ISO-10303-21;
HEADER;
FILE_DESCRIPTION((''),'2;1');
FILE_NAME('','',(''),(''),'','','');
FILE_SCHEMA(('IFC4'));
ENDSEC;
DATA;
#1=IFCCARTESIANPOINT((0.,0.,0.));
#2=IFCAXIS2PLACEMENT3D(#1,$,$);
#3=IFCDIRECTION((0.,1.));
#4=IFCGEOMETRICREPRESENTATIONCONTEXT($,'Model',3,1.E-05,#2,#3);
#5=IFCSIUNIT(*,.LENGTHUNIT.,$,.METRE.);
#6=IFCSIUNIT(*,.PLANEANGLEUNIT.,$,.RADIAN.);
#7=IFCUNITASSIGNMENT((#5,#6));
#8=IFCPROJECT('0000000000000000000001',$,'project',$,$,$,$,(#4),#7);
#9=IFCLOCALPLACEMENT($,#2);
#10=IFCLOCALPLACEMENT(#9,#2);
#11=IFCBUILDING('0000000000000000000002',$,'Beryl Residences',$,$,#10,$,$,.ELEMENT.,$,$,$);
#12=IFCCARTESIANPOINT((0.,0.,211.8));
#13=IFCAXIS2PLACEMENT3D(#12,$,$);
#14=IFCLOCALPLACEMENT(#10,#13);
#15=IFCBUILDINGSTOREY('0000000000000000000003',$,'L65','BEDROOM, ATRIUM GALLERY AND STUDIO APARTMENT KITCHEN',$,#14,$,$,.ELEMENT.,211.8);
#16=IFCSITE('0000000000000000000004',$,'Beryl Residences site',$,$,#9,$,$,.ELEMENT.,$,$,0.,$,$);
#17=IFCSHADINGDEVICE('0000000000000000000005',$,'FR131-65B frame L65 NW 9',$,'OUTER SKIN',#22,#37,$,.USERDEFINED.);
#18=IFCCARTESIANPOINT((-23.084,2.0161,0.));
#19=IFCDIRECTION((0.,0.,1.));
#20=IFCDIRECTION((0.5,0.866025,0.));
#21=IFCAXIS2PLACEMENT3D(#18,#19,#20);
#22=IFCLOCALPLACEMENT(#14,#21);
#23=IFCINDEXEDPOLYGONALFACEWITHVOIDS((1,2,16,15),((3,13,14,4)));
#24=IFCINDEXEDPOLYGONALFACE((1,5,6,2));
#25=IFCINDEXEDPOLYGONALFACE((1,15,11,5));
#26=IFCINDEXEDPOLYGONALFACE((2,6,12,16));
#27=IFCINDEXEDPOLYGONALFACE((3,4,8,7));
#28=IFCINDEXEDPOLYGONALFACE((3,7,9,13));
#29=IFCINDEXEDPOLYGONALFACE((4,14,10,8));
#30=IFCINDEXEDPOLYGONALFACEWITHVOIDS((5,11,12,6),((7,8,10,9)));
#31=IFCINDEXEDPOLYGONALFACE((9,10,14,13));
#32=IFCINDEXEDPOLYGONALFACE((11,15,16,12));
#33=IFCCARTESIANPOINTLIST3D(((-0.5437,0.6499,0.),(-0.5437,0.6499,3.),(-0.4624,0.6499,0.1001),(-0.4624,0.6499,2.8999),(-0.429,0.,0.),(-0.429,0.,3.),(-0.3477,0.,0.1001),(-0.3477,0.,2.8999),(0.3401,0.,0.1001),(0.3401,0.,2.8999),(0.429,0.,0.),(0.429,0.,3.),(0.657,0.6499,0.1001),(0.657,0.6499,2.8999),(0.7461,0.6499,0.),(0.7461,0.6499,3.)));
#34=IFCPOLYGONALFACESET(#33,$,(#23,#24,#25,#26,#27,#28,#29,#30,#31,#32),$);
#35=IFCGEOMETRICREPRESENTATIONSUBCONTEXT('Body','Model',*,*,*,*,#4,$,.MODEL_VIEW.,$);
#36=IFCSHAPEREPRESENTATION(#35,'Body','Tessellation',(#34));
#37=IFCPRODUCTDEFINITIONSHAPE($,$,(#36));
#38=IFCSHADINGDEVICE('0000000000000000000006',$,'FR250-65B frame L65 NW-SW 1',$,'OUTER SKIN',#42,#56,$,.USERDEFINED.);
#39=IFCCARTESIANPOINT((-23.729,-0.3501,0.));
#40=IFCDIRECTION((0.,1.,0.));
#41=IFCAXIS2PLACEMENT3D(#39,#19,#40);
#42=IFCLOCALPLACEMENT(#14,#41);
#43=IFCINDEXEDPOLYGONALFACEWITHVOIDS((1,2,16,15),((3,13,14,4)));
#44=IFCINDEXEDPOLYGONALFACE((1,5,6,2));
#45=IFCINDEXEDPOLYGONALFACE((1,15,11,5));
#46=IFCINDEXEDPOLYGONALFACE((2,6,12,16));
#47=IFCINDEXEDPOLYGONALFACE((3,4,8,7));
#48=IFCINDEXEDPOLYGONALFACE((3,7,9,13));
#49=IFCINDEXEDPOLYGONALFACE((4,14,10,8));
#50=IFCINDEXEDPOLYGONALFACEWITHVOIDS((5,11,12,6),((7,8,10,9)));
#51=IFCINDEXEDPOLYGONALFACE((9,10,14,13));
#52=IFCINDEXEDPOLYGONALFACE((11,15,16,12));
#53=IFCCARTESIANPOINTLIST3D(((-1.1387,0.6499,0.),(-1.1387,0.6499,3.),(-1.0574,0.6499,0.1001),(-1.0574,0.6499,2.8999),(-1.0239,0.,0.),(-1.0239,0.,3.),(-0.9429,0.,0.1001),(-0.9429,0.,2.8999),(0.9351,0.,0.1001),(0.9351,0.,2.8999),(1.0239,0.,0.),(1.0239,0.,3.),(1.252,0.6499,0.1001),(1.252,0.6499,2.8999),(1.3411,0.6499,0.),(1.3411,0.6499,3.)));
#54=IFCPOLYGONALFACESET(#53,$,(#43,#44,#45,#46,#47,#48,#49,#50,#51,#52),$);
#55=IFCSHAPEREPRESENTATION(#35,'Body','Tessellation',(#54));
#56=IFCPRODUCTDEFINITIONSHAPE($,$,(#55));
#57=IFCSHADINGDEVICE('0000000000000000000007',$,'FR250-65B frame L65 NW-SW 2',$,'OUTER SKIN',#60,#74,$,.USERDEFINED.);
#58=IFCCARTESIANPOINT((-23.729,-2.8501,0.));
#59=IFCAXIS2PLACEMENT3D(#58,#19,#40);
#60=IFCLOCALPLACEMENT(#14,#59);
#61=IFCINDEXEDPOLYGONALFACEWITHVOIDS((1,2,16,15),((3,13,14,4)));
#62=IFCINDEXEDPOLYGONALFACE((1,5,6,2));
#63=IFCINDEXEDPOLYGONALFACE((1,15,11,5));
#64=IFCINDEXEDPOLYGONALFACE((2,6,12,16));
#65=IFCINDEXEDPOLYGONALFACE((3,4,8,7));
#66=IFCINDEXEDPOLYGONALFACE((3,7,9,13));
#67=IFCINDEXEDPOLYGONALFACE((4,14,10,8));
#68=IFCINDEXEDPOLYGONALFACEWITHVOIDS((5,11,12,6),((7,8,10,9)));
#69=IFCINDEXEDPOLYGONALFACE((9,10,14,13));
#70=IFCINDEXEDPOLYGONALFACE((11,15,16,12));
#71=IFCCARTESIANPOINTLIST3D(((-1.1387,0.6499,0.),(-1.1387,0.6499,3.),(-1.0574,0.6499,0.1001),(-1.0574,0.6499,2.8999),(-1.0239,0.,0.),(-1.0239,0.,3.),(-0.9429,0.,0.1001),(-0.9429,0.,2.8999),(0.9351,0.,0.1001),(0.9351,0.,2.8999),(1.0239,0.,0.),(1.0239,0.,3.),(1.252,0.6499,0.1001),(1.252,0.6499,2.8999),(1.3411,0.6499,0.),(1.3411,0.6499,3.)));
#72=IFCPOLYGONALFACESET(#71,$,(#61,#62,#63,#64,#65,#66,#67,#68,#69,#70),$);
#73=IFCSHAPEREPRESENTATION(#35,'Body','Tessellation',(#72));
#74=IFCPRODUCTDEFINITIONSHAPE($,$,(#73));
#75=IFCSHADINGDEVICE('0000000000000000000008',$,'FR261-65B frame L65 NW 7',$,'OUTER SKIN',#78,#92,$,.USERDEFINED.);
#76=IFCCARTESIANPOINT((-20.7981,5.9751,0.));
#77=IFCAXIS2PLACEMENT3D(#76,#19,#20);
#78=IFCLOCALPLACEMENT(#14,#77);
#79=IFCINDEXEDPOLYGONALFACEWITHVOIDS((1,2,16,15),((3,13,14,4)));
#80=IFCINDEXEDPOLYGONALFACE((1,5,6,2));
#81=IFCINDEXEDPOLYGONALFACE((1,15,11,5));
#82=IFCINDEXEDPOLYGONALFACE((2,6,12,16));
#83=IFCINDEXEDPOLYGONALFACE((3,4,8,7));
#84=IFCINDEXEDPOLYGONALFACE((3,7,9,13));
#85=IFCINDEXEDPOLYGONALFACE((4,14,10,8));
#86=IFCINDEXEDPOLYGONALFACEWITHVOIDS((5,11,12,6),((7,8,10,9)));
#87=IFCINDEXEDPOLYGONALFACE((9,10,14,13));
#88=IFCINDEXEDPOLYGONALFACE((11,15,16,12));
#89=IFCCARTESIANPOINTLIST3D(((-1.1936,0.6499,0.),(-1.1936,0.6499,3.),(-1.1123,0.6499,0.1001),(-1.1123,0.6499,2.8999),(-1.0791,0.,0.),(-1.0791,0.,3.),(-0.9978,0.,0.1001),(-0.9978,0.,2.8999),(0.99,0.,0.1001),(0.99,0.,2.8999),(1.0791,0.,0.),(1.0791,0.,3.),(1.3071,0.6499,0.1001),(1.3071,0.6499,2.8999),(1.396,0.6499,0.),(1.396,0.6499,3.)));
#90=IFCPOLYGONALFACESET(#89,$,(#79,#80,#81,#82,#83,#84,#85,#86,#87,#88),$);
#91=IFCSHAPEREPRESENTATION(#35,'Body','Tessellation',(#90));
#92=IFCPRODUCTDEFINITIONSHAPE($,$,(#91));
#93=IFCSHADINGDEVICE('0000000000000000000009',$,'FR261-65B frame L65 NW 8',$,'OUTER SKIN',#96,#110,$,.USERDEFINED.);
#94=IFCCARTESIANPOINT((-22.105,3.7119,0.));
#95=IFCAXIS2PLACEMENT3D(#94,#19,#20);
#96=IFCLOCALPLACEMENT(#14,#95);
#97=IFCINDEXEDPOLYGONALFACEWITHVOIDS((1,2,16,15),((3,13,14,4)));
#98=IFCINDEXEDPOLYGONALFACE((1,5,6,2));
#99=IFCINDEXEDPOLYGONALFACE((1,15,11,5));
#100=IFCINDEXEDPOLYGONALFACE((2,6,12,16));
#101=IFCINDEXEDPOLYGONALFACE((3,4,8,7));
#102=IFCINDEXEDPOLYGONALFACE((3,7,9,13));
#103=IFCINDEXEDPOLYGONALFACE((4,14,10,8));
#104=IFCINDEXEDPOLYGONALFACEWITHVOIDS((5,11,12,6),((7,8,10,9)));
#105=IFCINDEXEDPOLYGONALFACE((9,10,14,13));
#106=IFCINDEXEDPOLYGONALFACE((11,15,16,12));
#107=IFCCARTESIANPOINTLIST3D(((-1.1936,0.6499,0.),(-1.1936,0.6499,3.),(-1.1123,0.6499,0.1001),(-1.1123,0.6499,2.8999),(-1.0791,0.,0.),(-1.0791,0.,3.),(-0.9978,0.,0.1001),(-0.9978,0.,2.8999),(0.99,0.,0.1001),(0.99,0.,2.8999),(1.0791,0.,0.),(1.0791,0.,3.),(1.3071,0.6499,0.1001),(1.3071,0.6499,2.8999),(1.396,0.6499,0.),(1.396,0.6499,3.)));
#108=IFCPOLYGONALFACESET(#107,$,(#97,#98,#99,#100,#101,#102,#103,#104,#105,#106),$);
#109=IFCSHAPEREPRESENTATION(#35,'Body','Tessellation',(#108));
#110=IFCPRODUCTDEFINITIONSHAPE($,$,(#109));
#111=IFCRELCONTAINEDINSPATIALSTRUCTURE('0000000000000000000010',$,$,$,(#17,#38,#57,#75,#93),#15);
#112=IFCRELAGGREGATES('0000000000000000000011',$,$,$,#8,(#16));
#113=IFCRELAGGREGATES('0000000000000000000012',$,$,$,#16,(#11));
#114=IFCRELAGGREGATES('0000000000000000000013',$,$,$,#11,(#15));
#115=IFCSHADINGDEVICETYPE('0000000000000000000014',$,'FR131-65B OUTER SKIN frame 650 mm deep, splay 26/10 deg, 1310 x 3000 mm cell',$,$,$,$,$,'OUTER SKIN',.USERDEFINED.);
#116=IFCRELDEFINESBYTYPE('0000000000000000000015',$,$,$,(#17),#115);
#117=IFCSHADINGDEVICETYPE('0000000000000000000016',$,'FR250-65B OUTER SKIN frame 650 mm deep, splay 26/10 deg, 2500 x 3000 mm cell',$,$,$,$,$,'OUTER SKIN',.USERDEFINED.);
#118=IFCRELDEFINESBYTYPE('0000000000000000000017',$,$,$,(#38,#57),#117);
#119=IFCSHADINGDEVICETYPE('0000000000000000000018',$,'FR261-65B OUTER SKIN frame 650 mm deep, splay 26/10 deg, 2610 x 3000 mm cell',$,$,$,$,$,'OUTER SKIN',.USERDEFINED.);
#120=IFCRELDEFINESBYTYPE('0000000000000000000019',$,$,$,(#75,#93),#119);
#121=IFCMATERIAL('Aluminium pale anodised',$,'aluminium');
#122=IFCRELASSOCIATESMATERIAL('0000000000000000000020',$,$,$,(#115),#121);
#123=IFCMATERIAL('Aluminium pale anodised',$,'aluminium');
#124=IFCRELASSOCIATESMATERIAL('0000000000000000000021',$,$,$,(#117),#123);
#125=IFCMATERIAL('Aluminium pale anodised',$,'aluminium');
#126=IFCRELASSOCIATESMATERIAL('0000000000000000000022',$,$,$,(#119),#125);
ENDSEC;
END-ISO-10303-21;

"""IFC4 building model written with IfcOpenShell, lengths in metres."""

from ifc_helpers import new_model, entity, si_unit, direction, frame, origin, place, context, subcontext, project, spatial, source, transform, mapped, material, type_object, type_shapes, element, save


model = new_model("IFC4")

# Units and contexts
model_context = context("Model", 3, precision=1e-05, world=origin(), true_north=direction((0.0, 1.0)))
body_context = subcontext(model_context, "Body", "Model", "MODEL_VIEW")
ifc_project = project(units=[si_unit("LENGTHUNIT", "METRE"), si_unit("PLANEANGLEUNIT", "RADIAN")], contexts=[model_context])

# Site, building, storey
site_placement = place(None, origin())
site = spatial("IfcSite", under=ifc_project, at=site_placement, Name="Beryl Residences site", CompositionType="ELEMENT", RefElevation=0.0)
building_placement = place(site_placement, origin())
building = spatial("IfcBuilding", under=site, at=building_placement, Name="Beryl Residences", CompositionType="ELEMENT")
storey_placement = place(building_placement, frame((0.0, 0.0, 211.8)))
storey = spatial("IfcBuildingStorey", under=building, at=storey_placement, Name="L65", Description="BEDROOM, ATRIUM GALLERY AND STUDIO APARTMENT KITCHEN", CompositionType="ELEMENT", Elevation=211.8)

# Shading devices
ifc_material_1 = material(Name="Aluminium pale anodised", Category="aluminium")
shading_device_type_1 = type_object("IfcShadingDeviceType", Name="FR131-65B OUTER SKIN frame 650 mm deep, splay 26/10 deg, 1310 x 3000 mm cell", ElementType="OUTER SKIN", PredefinedType="USERDEFINED", material=ifc_material_1)
cartesian_point_1 = entity("IfcCartesianPoint", [-0.429, 0.0])
cartesian_point_2 = entity("IfcCartesianPoint", [-0.3401, 0.1001])
cartesian_point_3 = entity("IfcCartesianPoint", [-0.7461, 0.0])
cartesian_point_4 = entity("IfcCartesianPoint", [-0.657, 0.1001])
shared_shape_1 = source(origin(), body_context, "Body", "SweptSolid", [
    entity("IfcExtrudedAreaSolidTapered", entity("IfcArbitraryProfileDefWithVoids", "AREA", None, entity("IfcPolyline", [cartesian_point_1, entity("IfcCartesianPoint", [0.429, 0.0]), entity("IfcCartesianPoint", [0.429, 3.0]), entity("IfcCartesianPoint", [-0.429, 3.0]), cartesian_point_1]), [entity("IfcPolyline", [cartesian_point_2, entity("IfcCartesianPoint", [0.3477, 0.1001]), entity("IfcCartesianPoint", [0.3477, 2.8999]), entity("IfcCartesianPoint", [-0.3401, 2.8999]), cartesian_point_2])]), entity("IfcAxis2Placement3D", entity("IfcCartesianPoint", [0.0, 0.0, 0.0]), entity("IfcDirection", [0.0, 1.0, 0.0]), entity("IfcDirection", [-1.0, 0.0, 0.0])), entity("IfcDirection", [0.0, 0.0, 1.0]), 0.6499, entity("IfcArbitraryProfileDefWithVoids", "AREA", None, entity("IfcPolyline", [cartesian_point_3, entity("IfcCartesianPoint", [0.5437, 0.0]), entity("IfcCartesianPoint", [0.5437, 3.0]), entity("IfcCartesianPoint", [-0.7461, 3.0]), cartesian_point_3]), [entity("IfcPolyline", [cartesian_point_4, entity("IfcCartesianPoint", [0.4624, 0.1001]), entity("IfcCartesianPoint", [0.4624, 2.8999]), entity("IfcCartesianPoint", [-0.657, 2.8999]), cartesian_point_4])])),
])
type_shapes(shading_device_type_1, [shared_shape_1])
shading_device_placement = place(storey_placement, frame((-23.084, 2.0161, 0.0), z_axis=(0.0, 0.0, 1.0), x_axis=(0.5, 0.866025, 0.0)))
element("IfcShadingDevice", 1, at=shading_device_placement, inside=storey, type_object=shading_device_type_1, Name="FR131-65B frame L65 NW 9", ObjectType="OUTER SKIN", PredefinedType="USERDEFINED", context=body_context, shape_type="MappedRepresentation", body=[
    mapped(shared_shape_1, transform((0.0, 0.0, 0.0))),
])
ifc_material_2 = material(Name="Aluminium pale anodised", Category="aluminium")
shading_device_type_2 = type_object("IfcShadingDeviceType", Name="FR250-65B OUTER SKIN frame 650 mm deep, splay 26/10 deg, 2500 x 3000 mm cell", ElementType="OUTER SKIN", PredefinedType="USERDEFINED", material=ifc_material_2)
cartesian_point_5 = entity("IfcCartesianPoint", [-1.0239, 0.0])
cartesian_point_6 = entity("IfcCartesianPoint", [-0.9351, 0.1001])
cartesian_point_7 = entity("IfcCartesianPoint", [-1.3411, 0.0])
cartesian_point_8 = entity("IfcCartesianPoint", [-1.252, 0.1001])
shared_shape_2 = source(origin(), body_context, "Body", "SweptSolid", [
    entity("IfcExtrudedAreaSolidTapered", entity("IfcArbitraryProfileDefWithVoids", "AREA", None, entity("IfcPolyline", [cartesian_point_5, entity("IfcCartesianPoint", [1.0239, 0.0]), entity("IfcCartesianPoint", [1.0239, 3.0]), entity("IfcCartesianPoint", [-1.0239, 3.0]), cartesian_point_5]), [entity("IfcPolyline", [cartesian_point_6, entity("IfcCartesianPoint", [0.9429, 0.1001]), entity("IfcCartesianPoint", [0.9429, 2.8999]), entity("IfcCartesianPoint", [-0.9351, 2.8999]), cartesian_point_6])]), entity("IfcAxis2Placement3D", entity("IfcCartesianPoint", [0.0, 0.0, 0.0]), entity("IfcDirection", [0.0, 1.0, 0.0]), entity("IfcDirection", [-1.0, 0.0, 0.0])), entity("IfcDirection", [0.0, 0.0, 1.0]), 0.6499, entity("IfcArbitraryProfileDefWithVoids", "AREA", None, entity("IfcPolyline", [cartesian_point_7, entity("IfcCartesianPoint", [1.1387, 0.0]), entity("IfcCartesianPoint", [1.1387, 3.0]), entity("IfcCartesianPoint", [-1.3411, 3.0]), cartesian_point_7]), [entity("IfcPolyline", [cartesian_point_8, entity("IfcCartesianPoint", [1.0574, 0.1001]), entity("IfcCartesianPoint", [1.0574, 2.8999]), entity("IfcCartesianPoint", [-1.252, 2.8999]), cartesian_point_8])])),
])
type_shapes(shading_device_type_2, [shared_shape_2])
for number, where, z_axis, x_axis, name in (
    (2, (-23.729, -0.3501, 0.0), (0.0, 0.0, 1.0), (0.0, 1.0, 0.0), "FR250-65B frame L65 NW-SW 1"),
    (3, (-23.729, -2.8501, 0.0), (0.0, 0.0, 1.0), (0.0, 1.0, 0.0), "FR250-65B frame L65 NW-SW 2"),
):
    element("IfcShadingDevice", number, at=place(storey_placement, frame(where, z_axis=z_axis, x_axis=x_axis)), inside=storey, type_object=shading_device_type_2, Name=name, ObjectType="OUTER SKIN", PredefinedType="USERDEFINED", context=body_context, shape_type="MappedRepresentation", body=[
        mapped(shared_shape_2, transform((0.0, 0.0, 0.0))),
    ])
ifc_material_3 = material(Name="Aluminium pale anodised", Category="aluminium")
shading_device_type_3 = type_object("IfcShadingDeviceType", Name="FR261-65B OUTER SKIN frame 650 mm deep, splay 26/10 deg, 2610 x 3000 mm cell", ElementType="OUTER SKIN", PredefinedType="USERDEFINED", material=ifc_material_3)
cartesian_point_9 = entity("IfcCartesianPoint", [-1.0791, 0.0])
cartesian_point_10 = entity("IfcCartesianPoint", [-0.99, 0.1001])
cartesian_point_11 = entity("IfcCartesianPoint", [-1.396, 0.0])
cartesian_point_12 = entity("IfcCartesianPoint", [-1.3071, 0.1001])
shared_shape_3 = source(origin(), body_context, "Body", "SweptSolid", [
    entity("IfcExtrudedAreaSolidTapered", entity("IfcArbitraryProfileDefWithVoids", "AREA", None, entity("IfcPolyline", [cartesian_point_9, entity("IfcCartesianPoint", [1.0791, 0.0]), entity("IfcCartesianPoint", [1.0791, 3.0]), entity("IfcCartesianPoint", [-1.0791, 3.0]), cartesian_point_9]), [entity("IfcPolyline", [cartesian_point_10, entity("IfcCartesianPoint", [0.9978, 0.1001]), entity("IfcCartesianPoint", [0.9978, 2.8999]), entity("IfcCartesianPoint", [-0.99, 2.8999]), cartesian_point_10])]), entity("IfcAxis2Placement3D", entity("IfcCartesianPoint", [0.0, 0.0, 0.0]), entity("IfcDirection", [0.0, 1.0, 0.0]), entity("IfcDirection", [-1.0, 0.0, 0.0])), entity("IfcDirection", [0.0, 0.0, 1.0]), 0.6499, entity("IfcArbitraryProfileDefWithVoids", "AREA", None, entity("IfcPolyline", [cartesian_point_11, entity("IfcCartesianPoint", [1.1936, 0.0]), entity("IfcCartesianPoint", [1.1936, 3.0]), entity("IfcCartesianPoint", [-1.396, 3.0]), cartesian_point_11]), [entity("IfcPolyline", [cartesian_point_12, entity("IfcCartesianPoint", [1.1123, 0.1001]), entity("IfcCartesianPoint", [1.1123, 2.8999]), entity("IfcCartesianPoint", [-1.3071, 2.8999]), cartesian_point_12])])),
])
type_shapes(shading_device_type_3, [shared_shape_3])
for number, where, z_axis, x_axis, name in (
    (4, (-20.7981, 5.9751, 0.0), (0.0, 0.0, 1.0), (0.5, 0.866025, 0.0), "FR261-65B frame L65 NW 7"),
    (5, (-22.105, 3.7119, 0.0), (0.0, 0.0, 1.0), (0.5, 0.866025, 0.0), "FR261-65B frame L65 NW 8"),
):
    element("IfcShadingDevice", number, at=place(storey_placement, frame(where, z_axis=z_axis, x_axis=x_axis)), inside=storey, type_object=shading_device_type_3, Name=name, ObjectType="OUTER SKIN", PredefinedType="USERDEFINED", context=body_context, shape_type="MappedRepresentation", body=[
        mapped(shared_shape_3, transform((0.0, 0.0, 0.0))),
    ])

save(model, "model.ifc")
